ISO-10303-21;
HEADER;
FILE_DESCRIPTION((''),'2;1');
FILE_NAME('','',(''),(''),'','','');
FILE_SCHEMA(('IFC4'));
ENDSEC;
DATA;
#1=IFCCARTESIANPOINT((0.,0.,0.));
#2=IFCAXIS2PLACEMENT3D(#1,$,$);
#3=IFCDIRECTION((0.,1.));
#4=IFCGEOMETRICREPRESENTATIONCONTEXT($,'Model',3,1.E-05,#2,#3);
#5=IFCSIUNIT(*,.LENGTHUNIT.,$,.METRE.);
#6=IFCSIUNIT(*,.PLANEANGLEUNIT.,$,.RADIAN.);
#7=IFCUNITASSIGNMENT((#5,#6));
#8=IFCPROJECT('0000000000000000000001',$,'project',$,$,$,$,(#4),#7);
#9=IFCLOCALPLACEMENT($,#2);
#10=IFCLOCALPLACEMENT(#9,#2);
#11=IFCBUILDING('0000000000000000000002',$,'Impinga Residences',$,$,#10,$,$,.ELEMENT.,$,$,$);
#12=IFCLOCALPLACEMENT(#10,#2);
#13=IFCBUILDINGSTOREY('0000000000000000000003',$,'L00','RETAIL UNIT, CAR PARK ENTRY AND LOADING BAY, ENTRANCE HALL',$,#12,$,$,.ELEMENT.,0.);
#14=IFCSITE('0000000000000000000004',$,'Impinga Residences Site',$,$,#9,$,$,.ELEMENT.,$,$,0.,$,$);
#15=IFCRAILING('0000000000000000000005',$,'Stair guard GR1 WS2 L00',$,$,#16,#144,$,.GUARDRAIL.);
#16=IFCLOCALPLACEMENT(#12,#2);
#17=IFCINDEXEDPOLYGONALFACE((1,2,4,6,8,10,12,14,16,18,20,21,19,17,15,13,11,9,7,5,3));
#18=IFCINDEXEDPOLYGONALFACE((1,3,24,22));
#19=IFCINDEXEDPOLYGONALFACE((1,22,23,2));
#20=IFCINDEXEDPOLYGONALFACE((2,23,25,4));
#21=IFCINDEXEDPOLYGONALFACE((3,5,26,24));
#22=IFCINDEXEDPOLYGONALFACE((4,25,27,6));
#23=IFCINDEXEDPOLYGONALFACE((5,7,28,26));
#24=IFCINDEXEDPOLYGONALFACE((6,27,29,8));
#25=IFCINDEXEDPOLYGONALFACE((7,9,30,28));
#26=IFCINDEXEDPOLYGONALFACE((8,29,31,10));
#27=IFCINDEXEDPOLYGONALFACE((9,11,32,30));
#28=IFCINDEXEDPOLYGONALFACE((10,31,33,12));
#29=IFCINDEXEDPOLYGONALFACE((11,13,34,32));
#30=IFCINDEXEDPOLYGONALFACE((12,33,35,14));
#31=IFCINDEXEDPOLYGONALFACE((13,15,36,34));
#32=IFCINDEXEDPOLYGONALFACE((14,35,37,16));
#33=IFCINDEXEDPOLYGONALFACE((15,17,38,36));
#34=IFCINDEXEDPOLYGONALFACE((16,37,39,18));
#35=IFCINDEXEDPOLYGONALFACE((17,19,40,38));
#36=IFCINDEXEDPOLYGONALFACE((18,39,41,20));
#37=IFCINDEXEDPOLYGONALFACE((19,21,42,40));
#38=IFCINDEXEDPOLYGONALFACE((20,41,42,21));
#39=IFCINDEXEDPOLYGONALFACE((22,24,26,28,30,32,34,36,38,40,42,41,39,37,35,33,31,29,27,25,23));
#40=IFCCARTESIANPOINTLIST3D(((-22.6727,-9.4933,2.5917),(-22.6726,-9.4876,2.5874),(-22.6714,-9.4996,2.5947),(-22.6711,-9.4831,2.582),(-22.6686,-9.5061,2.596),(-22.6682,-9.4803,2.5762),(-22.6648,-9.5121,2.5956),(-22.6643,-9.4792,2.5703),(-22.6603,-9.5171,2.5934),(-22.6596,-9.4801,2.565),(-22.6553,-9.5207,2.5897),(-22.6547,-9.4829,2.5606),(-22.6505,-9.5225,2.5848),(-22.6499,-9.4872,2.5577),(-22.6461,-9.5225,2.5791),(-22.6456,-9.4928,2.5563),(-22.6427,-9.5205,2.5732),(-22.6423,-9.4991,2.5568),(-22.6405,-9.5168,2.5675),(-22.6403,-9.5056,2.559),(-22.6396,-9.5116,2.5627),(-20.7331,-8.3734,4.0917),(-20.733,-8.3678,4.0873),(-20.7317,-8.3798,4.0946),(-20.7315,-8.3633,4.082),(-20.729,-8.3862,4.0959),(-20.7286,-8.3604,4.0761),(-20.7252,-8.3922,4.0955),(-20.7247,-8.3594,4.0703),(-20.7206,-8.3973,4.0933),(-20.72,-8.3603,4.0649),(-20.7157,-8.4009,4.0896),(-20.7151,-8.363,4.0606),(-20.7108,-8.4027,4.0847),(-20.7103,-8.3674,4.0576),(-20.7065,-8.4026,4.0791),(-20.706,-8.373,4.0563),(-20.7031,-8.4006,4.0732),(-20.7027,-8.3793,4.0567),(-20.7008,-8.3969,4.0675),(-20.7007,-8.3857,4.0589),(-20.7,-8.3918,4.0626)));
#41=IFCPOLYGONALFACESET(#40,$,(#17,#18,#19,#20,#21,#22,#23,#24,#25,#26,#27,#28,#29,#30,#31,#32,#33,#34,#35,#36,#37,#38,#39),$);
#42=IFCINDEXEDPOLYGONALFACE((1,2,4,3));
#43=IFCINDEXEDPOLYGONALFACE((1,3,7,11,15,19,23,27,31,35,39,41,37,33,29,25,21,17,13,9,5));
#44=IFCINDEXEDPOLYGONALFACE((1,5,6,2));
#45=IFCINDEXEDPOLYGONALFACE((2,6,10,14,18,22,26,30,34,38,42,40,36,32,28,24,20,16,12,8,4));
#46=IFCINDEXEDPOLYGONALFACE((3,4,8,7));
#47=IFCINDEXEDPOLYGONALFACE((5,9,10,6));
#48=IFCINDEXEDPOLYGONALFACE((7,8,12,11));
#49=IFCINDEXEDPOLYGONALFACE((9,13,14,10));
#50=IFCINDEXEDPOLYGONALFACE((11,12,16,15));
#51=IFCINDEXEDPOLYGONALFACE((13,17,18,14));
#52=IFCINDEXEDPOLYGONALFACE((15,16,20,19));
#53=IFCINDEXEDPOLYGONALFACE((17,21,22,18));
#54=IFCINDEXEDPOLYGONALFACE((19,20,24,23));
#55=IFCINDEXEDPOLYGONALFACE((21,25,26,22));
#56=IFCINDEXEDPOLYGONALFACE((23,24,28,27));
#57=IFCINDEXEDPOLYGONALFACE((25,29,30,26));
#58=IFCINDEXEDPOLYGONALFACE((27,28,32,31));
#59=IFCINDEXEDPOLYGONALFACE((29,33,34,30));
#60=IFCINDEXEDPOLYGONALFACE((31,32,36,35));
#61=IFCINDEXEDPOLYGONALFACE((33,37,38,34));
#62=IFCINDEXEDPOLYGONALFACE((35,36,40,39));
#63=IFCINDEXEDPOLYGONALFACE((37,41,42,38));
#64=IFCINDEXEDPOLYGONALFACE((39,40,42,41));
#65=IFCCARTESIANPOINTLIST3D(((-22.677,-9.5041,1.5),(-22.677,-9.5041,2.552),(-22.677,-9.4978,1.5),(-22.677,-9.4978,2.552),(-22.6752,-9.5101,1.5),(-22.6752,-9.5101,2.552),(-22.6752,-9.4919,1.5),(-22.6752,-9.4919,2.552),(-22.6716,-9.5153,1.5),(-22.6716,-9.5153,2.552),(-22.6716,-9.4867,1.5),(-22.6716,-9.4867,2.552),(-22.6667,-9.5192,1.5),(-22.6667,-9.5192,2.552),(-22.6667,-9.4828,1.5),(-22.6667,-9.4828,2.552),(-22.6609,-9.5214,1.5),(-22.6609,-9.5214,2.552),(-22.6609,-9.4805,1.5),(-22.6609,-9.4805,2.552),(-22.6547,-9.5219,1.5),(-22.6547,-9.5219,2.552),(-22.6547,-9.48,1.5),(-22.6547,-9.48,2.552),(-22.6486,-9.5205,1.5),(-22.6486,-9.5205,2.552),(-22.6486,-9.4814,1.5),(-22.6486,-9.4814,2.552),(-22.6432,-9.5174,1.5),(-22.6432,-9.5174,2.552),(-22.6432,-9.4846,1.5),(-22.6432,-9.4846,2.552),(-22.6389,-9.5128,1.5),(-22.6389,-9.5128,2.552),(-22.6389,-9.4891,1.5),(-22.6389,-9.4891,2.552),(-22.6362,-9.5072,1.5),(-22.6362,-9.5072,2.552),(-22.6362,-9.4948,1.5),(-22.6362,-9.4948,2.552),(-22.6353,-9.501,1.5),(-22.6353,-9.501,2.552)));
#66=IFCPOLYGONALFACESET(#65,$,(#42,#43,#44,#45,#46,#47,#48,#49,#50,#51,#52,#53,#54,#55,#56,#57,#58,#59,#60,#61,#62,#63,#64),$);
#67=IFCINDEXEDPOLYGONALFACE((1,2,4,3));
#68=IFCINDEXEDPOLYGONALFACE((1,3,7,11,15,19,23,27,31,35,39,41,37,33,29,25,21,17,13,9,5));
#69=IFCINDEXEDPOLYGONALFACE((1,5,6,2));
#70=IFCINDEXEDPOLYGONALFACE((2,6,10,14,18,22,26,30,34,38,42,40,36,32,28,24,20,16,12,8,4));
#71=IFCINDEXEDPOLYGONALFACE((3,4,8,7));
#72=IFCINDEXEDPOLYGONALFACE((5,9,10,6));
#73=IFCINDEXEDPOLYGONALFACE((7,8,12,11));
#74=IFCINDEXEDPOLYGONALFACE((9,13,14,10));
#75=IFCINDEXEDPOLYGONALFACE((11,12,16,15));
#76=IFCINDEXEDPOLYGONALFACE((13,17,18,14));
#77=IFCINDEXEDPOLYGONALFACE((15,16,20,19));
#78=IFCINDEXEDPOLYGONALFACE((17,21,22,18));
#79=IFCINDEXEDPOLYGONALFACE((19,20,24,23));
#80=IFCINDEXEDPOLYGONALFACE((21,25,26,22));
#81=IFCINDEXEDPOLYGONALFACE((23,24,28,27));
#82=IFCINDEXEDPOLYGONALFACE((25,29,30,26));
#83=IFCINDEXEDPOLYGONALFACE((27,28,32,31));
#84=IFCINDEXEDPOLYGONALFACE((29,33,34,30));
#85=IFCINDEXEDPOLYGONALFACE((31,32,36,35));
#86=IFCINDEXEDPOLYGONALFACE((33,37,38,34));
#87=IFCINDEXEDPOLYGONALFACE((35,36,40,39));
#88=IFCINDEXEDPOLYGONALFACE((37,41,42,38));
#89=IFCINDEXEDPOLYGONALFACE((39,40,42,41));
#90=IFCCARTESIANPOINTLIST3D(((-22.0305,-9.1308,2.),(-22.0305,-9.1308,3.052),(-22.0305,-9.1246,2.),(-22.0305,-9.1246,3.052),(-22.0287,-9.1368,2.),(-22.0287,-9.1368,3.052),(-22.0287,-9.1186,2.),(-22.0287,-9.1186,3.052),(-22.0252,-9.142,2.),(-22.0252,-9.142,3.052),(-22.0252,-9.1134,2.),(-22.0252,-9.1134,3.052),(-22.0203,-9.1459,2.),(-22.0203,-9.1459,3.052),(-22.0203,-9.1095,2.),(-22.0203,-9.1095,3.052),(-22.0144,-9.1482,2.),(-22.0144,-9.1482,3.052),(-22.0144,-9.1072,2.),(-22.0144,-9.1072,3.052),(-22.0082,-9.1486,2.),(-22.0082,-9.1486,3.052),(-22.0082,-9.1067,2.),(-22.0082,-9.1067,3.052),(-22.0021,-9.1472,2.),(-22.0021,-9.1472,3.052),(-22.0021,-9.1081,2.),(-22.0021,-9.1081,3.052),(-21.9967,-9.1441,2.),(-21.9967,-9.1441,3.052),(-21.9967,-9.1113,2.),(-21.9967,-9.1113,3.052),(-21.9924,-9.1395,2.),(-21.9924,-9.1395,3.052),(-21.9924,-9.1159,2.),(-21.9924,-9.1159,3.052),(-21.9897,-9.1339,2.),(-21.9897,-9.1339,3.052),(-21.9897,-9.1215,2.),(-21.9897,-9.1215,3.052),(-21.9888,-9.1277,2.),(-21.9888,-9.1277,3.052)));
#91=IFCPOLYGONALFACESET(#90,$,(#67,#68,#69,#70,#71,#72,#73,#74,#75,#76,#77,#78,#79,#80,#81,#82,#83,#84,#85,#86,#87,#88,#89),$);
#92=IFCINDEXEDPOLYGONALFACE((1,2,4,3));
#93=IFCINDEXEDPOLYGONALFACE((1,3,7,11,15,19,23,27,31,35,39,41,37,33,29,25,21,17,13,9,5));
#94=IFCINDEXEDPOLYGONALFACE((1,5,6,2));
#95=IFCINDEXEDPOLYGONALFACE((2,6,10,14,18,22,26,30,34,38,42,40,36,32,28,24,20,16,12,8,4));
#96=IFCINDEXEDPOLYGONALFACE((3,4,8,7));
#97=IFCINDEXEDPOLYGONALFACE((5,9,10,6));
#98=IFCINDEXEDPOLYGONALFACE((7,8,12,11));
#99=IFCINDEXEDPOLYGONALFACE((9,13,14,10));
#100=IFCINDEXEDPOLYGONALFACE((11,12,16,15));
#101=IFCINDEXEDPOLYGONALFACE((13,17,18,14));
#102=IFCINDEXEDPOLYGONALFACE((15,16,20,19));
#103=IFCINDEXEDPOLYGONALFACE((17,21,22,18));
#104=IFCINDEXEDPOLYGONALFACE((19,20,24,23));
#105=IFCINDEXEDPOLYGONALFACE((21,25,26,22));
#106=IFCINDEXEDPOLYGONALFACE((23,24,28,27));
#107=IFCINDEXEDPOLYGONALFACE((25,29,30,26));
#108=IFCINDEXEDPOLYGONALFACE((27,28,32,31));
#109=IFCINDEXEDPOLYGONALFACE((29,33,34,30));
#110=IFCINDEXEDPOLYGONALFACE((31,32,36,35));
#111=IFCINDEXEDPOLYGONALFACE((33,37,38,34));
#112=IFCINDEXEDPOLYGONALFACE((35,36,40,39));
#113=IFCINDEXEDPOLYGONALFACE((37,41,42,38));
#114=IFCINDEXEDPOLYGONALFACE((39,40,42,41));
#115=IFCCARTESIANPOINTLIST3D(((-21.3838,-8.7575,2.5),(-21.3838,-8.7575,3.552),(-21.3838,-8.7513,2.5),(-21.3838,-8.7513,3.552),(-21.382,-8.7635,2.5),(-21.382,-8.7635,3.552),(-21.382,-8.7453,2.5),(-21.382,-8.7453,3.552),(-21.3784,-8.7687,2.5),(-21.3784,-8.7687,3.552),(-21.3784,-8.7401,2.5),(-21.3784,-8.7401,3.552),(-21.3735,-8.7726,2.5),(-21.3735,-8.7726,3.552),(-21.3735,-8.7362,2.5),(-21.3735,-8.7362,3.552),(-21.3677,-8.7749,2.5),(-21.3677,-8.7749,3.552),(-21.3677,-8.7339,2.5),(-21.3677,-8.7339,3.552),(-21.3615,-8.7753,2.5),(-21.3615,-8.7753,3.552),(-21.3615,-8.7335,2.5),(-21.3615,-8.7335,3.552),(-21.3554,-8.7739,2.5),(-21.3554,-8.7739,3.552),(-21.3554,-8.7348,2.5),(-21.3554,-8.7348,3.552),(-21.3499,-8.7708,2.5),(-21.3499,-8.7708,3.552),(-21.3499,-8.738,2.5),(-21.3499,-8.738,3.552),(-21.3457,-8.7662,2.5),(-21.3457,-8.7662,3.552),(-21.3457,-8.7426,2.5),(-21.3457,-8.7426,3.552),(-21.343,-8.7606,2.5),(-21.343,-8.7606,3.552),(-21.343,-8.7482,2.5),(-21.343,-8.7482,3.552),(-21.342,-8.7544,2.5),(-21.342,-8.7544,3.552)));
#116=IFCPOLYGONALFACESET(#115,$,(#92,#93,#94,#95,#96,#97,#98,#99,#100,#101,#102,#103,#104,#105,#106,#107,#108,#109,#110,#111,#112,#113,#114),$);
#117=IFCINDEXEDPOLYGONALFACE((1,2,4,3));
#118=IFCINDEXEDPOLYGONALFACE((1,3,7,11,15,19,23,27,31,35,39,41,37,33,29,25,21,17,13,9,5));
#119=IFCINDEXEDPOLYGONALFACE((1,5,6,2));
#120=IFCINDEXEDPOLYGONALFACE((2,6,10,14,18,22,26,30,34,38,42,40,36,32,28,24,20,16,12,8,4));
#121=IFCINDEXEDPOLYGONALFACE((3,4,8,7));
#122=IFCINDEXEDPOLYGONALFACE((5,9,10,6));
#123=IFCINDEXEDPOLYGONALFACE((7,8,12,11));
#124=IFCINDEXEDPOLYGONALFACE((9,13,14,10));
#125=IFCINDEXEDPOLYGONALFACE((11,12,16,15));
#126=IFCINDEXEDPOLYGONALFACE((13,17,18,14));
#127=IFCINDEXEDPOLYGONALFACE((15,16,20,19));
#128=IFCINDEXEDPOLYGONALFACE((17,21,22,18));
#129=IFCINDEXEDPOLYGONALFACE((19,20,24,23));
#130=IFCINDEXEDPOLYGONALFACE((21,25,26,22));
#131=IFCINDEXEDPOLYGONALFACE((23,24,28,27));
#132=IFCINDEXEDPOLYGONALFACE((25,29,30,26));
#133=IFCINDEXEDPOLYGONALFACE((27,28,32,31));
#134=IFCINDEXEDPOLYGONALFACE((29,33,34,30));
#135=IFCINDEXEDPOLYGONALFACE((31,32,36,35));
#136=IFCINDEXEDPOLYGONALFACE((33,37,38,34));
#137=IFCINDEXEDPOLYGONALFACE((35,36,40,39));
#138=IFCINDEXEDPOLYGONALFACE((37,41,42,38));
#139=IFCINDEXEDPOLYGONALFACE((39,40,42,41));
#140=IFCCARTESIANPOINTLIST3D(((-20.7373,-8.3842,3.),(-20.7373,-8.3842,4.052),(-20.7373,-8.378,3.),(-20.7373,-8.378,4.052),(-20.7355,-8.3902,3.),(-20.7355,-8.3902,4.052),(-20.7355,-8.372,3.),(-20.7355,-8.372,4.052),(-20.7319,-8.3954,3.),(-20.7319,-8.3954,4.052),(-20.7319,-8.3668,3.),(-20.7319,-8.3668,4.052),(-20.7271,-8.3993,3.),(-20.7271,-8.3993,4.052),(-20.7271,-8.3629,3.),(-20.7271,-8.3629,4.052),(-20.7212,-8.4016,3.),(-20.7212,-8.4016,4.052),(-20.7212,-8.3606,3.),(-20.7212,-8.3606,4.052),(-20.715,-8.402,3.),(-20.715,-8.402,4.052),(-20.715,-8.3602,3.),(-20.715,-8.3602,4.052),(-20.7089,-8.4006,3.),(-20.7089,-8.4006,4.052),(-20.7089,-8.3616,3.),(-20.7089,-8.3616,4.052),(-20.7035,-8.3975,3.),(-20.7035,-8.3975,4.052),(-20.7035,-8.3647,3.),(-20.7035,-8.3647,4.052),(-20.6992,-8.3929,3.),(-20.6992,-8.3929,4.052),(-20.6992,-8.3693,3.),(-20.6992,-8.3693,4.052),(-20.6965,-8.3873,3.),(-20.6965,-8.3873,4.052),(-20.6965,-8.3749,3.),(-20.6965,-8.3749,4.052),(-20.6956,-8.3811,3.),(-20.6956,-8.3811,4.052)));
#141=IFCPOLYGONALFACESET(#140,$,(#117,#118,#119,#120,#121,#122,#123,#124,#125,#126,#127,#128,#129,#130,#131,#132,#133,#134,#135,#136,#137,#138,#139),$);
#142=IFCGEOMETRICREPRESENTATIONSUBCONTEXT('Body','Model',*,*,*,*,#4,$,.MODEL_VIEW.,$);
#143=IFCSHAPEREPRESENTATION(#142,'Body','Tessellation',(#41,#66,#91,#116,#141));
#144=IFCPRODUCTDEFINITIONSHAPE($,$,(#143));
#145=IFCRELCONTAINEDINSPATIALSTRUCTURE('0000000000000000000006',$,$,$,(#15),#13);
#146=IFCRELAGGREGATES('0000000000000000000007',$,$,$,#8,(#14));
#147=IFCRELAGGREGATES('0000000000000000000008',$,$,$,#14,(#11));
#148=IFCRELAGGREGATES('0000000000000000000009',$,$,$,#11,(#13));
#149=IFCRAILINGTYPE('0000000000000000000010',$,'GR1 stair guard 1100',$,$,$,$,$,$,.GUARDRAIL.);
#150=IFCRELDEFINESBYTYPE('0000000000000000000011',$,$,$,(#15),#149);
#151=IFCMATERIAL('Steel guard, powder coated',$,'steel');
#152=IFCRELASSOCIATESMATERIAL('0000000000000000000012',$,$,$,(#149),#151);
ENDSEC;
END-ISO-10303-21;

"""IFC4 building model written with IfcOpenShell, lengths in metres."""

from ifc_helpers import new_model, si_unit, direction, frame, origin, origin_2d, place, context, subcontext, project, spatial, circle, extrude, material, type_object, element, save


model = new_model("IFC4")

# Units and contexts
model_context = context("Model", 3, precision=1e-05, world=origin(), true_north=direction((0.0, 1.0)))
body_context = subcontext(model_context, "Body", "Model", "MODEL_VIEW")
ifc_project = project(units=[si_unit("LENGTHUNIT", "METRE"), si_unit("PLANEANGLEUNIT", "RADIAN")], contexts=[model_context])

# Site, building, storey
site_placement = place(None, origin())
site = spatial("IfcSite", under=ifc_project, at=site_placement, Name="Impinga Residences Site", CompositionType="ELEMENT", RefElevation=0.0)
building_placement = place(site_placement, origin())
building = spatial("IfcBuilding", under=site, at=building_placement, Name="Impinga Residences", CompositionType="ELEMENT")
storey_placement = place(building_placement, origin())
storey = spatial("IfcBuildingStorey", under=building, at=storey_placement, Name="L00", Description="RETAIL UNIT, CAR PARK ENTRY AND LOADING BAY, ENTRANCE HALL", CompositionType="ELEMENT", Elevation=0.0)

# Railing
ifc_material_1 = material(Name="Steel guard, powder coated", Category="steel")
railing_type_1 = type_object("IfcRailingType", Name="GR1 stair guard 1100", PredefinedType="GUARDRAIL", material=ifc_material_1)
for number, where, name in (
    (1, (-22.6562, -9.501, 1.5), "Stair guard GR1 WS2 L00"),
):
    element("IfcRailing", number, at=place(storey_placement, frame(where)), inside=storey, type_object=railing_type_1, Name=name, PredefinedType="GUARDRAIL", context=body_context, shape_type="SweptSolid", body=[
        extrude(circle(Radius=0.0239, at=origin_2d()), frame((0.0, 0.0, 1.0762), z_axis=(0.719565, 0.415437, 0.556452), x_axis=(-0.499996, 0.866028, 0.0)), (0.0, 0.0, 1.0), 2.6956),
        extrude(circle(Radius=0.021, at=origin_2d()), origin(), (0.0, 0.0, 1.0), 1.052),
        extrude(circle(Radius=0.021, at=origin_2d()), frame((0.6465, 0.3733, 0.5)), (0.0, 0.0, 1.0), 1.052),
        extrude(circle(Radius=0.021, at=origin_2d()), frame((1.2932, 0.7466, 1.0)), (0.0, 0.0, 1.0), 1.052),
        extrude(circle(Radius=0.021, at=origin_2d()), frame((1.9397, 1.1199, 1.5)), (0.0, 0.0, 1.0), 1.052),
    ])

save(model, "model.ifc")
